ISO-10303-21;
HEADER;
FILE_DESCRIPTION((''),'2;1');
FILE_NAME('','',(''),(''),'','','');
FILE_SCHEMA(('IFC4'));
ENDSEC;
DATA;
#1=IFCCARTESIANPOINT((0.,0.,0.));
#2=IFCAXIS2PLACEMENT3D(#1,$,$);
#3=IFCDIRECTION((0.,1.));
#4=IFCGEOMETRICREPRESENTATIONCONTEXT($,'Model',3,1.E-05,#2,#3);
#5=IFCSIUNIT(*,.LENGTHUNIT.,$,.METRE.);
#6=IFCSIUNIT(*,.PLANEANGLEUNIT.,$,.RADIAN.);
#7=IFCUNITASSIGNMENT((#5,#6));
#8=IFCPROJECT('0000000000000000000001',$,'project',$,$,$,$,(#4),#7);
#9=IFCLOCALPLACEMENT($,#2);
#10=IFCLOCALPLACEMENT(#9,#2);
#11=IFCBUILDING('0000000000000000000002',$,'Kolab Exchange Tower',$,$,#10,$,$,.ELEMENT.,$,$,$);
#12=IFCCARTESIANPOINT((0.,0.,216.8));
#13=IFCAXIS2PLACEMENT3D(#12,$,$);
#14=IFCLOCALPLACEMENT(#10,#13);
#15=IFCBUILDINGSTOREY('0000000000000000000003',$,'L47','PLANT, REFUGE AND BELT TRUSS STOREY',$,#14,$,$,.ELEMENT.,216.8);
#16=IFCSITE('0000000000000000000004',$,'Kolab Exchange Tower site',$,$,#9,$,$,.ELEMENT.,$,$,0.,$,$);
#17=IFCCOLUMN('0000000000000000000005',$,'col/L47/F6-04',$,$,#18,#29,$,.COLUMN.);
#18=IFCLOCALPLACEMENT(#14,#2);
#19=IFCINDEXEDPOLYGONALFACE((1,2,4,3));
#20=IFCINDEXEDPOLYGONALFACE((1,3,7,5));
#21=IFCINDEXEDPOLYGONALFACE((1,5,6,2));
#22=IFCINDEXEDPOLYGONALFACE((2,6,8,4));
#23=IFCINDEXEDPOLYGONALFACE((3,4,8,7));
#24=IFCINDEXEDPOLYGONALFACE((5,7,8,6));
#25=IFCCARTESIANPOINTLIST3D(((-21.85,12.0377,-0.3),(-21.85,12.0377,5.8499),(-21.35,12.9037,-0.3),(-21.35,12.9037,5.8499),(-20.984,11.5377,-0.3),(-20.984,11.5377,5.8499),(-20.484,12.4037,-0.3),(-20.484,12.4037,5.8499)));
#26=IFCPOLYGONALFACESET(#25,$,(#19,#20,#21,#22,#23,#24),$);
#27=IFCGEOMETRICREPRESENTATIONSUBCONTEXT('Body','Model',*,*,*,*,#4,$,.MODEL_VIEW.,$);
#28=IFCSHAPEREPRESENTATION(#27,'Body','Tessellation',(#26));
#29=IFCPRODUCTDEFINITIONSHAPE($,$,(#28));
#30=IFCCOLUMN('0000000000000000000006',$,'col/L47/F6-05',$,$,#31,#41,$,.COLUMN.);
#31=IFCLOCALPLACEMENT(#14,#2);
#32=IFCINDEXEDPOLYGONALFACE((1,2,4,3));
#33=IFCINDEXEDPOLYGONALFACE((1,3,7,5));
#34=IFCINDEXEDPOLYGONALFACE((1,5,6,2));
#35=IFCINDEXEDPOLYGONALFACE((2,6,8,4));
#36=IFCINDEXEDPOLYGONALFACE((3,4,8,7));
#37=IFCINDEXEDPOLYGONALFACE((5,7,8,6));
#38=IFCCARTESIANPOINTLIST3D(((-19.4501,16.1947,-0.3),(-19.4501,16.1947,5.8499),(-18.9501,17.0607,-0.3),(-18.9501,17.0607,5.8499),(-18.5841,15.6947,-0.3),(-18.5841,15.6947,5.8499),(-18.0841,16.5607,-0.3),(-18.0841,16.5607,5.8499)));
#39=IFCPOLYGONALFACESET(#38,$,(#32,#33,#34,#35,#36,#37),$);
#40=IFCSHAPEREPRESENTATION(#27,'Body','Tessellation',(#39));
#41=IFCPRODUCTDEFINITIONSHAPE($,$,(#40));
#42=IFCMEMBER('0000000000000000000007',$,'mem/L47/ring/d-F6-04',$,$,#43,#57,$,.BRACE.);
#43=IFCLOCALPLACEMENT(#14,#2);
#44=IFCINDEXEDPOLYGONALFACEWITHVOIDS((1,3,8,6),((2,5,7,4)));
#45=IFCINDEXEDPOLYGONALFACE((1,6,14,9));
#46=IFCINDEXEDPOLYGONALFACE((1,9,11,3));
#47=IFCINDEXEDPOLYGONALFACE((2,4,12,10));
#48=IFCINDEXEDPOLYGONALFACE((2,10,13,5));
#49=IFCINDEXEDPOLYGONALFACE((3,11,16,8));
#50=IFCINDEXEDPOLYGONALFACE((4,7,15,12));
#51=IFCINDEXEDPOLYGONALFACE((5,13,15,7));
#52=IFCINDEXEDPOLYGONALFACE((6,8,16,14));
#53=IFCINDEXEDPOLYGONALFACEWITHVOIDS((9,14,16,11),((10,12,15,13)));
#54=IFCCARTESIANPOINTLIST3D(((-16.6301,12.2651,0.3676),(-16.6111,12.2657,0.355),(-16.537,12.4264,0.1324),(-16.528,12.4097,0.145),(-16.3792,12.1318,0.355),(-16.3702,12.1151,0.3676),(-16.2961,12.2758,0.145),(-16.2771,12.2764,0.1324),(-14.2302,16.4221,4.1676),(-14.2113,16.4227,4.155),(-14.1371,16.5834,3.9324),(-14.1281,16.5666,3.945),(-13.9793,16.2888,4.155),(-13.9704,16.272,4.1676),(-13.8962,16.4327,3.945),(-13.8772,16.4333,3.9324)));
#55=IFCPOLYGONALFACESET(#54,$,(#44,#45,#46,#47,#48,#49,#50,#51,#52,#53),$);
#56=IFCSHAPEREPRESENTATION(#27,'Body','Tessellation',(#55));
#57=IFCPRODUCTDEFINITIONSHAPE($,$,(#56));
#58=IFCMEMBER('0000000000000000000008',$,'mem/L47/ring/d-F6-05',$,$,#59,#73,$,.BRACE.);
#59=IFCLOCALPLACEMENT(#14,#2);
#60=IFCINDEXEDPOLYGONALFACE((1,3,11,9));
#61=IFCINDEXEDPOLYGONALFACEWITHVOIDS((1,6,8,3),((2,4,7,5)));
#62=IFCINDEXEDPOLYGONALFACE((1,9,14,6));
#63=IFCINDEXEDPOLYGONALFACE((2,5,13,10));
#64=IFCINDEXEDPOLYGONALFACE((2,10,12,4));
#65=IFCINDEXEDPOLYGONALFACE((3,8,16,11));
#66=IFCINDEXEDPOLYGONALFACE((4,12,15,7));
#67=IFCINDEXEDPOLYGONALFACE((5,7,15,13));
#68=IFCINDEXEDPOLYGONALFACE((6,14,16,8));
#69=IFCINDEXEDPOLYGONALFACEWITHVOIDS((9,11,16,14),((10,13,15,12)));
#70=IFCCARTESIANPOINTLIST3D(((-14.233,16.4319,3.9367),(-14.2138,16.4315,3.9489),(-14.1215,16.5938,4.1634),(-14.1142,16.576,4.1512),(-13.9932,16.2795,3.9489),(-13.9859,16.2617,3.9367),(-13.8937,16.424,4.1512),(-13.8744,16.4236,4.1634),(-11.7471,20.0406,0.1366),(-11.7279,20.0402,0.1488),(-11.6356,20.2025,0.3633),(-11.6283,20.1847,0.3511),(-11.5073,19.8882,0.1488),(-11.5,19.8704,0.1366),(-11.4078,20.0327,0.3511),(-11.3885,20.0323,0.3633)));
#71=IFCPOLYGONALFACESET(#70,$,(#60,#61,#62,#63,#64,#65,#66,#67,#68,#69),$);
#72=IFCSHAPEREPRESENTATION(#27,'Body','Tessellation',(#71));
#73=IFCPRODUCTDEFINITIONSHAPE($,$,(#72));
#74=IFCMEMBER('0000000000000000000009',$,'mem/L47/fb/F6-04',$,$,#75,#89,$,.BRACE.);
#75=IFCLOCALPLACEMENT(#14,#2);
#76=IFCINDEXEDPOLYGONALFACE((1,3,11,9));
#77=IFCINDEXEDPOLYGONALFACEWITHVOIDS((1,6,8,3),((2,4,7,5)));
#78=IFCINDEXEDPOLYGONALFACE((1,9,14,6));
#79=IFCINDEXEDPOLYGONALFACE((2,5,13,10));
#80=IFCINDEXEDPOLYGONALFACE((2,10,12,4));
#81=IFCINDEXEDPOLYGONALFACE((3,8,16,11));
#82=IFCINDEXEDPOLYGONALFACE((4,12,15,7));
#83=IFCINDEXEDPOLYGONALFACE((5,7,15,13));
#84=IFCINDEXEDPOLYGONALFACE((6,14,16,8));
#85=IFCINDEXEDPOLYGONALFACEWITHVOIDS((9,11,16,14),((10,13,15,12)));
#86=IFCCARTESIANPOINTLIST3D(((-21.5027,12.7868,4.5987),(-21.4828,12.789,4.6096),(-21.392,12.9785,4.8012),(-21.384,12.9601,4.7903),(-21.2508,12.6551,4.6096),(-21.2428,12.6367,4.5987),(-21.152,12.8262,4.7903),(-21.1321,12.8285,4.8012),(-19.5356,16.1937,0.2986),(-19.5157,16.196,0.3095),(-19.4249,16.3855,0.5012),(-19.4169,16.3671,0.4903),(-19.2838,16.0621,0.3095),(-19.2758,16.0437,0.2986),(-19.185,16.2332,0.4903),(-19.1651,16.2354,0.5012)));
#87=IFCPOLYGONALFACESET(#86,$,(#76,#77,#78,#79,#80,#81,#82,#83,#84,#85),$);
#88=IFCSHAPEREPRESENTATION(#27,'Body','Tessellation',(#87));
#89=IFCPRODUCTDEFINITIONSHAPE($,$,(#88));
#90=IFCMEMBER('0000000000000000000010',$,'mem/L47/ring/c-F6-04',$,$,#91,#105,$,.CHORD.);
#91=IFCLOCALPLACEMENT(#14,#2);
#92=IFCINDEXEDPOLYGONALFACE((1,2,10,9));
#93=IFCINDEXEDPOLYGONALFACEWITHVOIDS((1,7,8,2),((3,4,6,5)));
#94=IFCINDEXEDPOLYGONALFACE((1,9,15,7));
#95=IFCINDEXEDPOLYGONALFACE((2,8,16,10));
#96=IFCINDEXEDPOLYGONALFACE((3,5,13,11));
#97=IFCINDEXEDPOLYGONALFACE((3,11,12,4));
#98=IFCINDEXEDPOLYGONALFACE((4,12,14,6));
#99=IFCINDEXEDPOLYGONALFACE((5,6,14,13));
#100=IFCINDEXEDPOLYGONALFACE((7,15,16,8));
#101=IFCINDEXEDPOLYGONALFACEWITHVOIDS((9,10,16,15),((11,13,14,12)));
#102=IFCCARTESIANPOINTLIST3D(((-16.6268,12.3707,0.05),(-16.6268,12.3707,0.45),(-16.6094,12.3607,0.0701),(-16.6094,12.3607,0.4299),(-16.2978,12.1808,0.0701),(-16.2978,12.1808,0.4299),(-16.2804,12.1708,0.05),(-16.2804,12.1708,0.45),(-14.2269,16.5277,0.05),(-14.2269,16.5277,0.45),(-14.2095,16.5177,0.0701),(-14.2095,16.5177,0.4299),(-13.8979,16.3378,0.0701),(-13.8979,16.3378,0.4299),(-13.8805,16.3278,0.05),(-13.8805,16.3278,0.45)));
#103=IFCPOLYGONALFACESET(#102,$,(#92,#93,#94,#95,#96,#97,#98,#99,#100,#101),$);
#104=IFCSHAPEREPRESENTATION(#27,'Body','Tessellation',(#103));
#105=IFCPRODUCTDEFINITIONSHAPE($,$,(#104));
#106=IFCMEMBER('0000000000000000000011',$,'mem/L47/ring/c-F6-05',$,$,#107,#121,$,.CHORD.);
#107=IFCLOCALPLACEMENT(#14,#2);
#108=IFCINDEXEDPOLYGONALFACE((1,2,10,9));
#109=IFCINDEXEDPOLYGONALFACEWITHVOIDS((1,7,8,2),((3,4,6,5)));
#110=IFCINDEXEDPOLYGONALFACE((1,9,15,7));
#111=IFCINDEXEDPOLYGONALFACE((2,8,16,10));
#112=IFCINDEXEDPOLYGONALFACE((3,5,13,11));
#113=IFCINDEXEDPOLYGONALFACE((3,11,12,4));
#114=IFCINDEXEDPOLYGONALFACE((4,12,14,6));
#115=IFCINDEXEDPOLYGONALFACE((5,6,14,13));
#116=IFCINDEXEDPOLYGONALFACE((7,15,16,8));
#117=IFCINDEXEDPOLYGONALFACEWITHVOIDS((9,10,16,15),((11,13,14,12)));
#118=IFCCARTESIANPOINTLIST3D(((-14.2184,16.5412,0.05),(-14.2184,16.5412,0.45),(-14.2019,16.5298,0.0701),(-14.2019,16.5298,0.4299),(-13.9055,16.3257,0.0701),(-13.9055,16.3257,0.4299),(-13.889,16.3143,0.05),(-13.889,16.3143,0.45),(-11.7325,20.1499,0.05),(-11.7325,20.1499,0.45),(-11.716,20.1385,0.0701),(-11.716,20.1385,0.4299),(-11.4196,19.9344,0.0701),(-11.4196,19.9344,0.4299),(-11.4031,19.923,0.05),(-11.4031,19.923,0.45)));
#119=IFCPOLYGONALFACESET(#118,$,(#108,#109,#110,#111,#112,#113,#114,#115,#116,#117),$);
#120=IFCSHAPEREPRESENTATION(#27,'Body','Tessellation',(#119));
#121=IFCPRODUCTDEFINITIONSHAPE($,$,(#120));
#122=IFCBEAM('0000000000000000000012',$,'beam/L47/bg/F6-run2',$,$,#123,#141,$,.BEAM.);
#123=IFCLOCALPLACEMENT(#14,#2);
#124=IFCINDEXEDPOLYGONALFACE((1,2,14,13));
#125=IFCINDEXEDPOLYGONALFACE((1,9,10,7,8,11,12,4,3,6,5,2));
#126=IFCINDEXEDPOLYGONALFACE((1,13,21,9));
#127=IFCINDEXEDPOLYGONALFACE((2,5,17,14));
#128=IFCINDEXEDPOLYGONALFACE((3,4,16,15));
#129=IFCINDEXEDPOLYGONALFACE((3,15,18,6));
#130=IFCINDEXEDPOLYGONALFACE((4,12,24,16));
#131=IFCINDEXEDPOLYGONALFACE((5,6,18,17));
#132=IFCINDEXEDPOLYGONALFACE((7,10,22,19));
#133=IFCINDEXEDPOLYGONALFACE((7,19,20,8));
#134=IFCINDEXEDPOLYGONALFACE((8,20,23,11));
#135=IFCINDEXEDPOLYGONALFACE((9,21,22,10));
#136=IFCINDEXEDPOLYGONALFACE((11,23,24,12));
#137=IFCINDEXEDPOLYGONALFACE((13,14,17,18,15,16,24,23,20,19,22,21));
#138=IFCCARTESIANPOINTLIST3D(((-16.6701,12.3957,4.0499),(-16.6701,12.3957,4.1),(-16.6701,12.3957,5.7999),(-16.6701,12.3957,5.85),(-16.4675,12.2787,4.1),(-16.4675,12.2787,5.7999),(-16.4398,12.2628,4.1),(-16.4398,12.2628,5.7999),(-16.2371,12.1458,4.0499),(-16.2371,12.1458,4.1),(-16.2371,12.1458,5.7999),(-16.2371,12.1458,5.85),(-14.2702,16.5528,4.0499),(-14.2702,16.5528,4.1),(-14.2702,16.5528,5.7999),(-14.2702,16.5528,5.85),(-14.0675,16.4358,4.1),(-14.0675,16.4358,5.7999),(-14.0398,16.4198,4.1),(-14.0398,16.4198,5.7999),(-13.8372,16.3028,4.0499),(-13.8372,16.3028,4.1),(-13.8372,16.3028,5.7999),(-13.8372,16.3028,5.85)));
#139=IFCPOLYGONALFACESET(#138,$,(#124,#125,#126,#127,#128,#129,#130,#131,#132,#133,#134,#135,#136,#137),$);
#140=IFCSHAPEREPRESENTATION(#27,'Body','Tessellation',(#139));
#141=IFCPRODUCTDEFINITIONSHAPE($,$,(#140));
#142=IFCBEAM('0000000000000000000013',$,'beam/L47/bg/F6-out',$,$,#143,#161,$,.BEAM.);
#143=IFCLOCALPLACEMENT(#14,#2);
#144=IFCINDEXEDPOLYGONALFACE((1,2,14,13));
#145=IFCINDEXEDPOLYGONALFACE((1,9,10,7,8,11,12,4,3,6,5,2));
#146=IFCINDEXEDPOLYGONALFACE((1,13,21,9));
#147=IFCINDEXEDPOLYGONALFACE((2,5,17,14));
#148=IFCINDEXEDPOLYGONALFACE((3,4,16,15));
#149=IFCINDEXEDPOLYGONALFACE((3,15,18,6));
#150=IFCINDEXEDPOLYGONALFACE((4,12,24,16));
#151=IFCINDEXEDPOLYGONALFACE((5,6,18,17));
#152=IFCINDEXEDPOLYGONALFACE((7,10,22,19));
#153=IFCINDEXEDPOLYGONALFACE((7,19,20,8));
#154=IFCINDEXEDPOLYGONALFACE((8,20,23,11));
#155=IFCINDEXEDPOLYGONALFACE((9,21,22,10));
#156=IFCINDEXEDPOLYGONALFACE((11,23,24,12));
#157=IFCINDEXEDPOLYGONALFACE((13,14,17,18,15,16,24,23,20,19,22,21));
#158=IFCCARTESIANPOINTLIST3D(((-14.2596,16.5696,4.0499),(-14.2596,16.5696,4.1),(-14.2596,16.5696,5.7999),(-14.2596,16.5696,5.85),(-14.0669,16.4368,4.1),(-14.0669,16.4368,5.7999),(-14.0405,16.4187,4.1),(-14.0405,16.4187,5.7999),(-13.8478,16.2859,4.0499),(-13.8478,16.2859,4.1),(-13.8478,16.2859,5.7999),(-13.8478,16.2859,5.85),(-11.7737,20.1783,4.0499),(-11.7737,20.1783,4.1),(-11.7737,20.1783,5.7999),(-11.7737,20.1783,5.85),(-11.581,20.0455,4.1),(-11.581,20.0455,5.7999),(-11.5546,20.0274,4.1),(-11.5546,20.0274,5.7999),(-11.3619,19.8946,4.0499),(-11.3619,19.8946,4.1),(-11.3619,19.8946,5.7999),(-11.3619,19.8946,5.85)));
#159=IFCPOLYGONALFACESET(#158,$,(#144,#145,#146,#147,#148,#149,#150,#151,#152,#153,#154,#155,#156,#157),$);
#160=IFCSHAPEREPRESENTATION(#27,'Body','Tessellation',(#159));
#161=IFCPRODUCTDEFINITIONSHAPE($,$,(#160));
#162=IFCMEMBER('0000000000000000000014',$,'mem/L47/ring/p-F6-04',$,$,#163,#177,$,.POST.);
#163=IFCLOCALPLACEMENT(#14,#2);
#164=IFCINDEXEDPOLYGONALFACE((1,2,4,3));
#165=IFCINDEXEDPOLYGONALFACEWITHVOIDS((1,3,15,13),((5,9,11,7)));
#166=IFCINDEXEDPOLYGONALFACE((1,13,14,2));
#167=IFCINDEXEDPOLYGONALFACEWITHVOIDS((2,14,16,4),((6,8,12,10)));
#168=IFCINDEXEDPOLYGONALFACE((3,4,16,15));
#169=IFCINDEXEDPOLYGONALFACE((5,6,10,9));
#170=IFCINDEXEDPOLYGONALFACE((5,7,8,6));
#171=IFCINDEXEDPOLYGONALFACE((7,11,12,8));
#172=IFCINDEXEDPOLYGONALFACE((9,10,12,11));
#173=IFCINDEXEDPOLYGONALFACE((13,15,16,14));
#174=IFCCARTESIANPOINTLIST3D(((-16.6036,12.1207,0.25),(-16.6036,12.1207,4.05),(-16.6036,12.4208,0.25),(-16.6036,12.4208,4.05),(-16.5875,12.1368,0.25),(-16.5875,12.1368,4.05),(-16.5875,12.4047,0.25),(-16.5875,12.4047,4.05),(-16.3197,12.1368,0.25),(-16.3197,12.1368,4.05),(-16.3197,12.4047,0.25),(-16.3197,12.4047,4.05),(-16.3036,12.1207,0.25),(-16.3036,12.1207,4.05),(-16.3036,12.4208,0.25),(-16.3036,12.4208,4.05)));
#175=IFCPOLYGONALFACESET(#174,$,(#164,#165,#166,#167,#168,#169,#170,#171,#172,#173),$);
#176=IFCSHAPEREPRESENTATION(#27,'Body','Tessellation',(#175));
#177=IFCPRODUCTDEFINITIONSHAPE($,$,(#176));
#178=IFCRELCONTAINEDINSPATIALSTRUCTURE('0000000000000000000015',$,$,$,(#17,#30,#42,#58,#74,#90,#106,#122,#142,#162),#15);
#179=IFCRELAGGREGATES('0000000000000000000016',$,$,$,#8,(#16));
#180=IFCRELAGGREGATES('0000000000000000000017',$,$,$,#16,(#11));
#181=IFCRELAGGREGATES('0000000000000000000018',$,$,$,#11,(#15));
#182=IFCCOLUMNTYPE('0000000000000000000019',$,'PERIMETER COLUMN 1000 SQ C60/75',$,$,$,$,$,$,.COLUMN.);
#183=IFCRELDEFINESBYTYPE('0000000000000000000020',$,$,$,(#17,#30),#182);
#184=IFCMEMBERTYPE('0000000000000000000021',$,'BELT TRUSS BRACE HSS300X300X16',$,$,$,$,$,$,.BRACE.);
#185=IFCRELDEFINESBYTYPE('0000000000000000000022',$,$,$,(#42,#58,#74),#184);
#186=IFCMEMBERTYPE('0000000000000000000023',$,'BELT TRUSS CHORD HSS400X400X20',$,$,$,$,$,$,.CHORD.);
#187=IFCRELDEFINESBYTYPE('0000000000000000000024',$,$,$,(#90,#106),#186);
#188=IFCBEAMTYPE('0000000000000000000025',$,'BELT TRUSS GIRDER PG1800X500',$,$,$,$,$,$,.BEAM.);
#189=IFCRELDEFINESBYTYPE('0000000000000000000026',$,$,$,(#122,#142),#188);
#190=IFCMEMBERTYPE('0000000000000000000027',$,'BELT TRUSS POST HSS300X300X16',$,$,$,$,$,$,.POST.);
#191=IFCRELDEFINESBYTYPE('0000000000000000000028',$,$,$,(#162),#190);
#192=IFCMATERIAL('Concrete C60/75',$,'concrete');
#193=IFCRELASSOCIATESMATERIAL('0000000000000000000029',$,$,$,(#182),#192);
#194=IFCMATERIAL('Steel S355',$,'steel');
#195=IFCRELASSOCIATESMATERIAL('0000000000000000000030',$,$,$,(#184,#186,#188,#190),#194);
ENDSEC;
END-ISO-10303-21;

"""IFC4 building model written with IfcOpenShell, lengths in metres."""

from ifc_helpers import new_model, si_unit, direction, frame, origin, origin_2d, place, context, subcontext, project, spatial, rectangle, hollow_rectangle, i_section, extrude, material, material_profile, profile_set, type_object, element, save


model = new_model("IFC4")

# Units and contexts
model_context = context("Model", 3, precision=1e-05, world=origin(), true_north=direction((0.0, 1.0)))
body_context = subcontext(model_context, "Body", "Model", "MODEL_VIEW")
ifc_project = project(units=[si_unit("LENGTHUNIT", "METRE"), si_unit("PLANEANGLEUNIT", "RADIAN")], contexts=[model_context])

# Site, building, storey
site_placement = place(None, origin())
site = spatial("IfcSite", under=ifc_project, at=site_placement, Name="Kolab Exchange Tower site", CompositionType="ELEMENT", RefElevation=0.0)
building_placement = place(site_placement, origin())
building = spatial("IfcBuilding", under=site, at=building_placement, Name="Kolab Exchange Tower", CompositionType="ELEMENT")
storey_placement = place(building_placement, frame((0.0, 0.0, 216.8)))
storey = spatial("IfcBuildingStorey", under=building, at=storey_placement, Name="L47", Description="PLANT, REFUGE AND BELT TRUSS STOREY", CompositionType="ELEMENT", Elevation=216.8)

# Columns
ifc_material_1 = material(Name="Concrete C60/75", Category="concrete")
ifc_material_profile_1 = material_profile(ifc_material_1, rectangle(XDim=1.0, YDim=1.0, at=origin_2d()), Name="RC1000")
ifc_profile_set_1 = profile_set([ifc_material_profile_1], Name="Concrete C60/75")
column_type = type_object("IfcColumnType", Name="PERIMETER COLUMN 1000 SQ C60/75", PredefinedType="COLUMN", material=ifc_profile_set_1)
for number, where, z_axis, x_axis, name in (
    (1, (-21.167, 12.2207, -0.3), (0.0, 0.0, 1.0), (0.5, 0.866025, 0.0), "col/L47/F6-04"),
    (2, (-18.7671, 16.3777, -0.3), (0.0, 0.0, 1.0), (0.5, 0.866025, 0.0), "col/L47/F6-05"),
):
    element("IfcColumn", number, at=place(storey_placement, frame(where, z_axis=z_axis, x_axis=x_axis)), inside=storey, type_object=column_type, Name=name, PredefinedType="COLUMN", context=body_context, shape_type="SweptSolid", body=[
        extrude(rectangle(XDim=1.0, YDim=1.0, at=origin_2d()), origin(), (0.0, 0.0, 1.0), 6.1499),
    ])

# Members
ifc_material_2 = material(Name="Steel S355", Category="steel")
ifc_material_profile_2 = material_profile(ifc_material_2, hollow_rectangle(XDim=0.3, YDim=0.3, WallThickness=0.0161, at=origin_2d()), Name="HSS300X300X16")
ifc_profile_set_2 = profile_set([ifc_material_profile_2], Name="Steel S355")
member_type_1 = type_object("IfcMemberType", Name="BELT TRUSS BRACE HSS300X300X16", PredefinedType="BRACE", material=ifc_profile_set_2)
member_1_placement = place(storey_placement, frame((-16.4536, 12.2708, 0.25), z_axis=(0.392005, 0.67901, 0.620708), x_axis=(-0.866037, 0.499979, 0.0)))
element("IfcMember", 3, at=member_1_placement, inside=storey, type_object=member_type_1, Name="mem/L47/ring/d-F6-04", PredefinedType="BRACE", context=body_context, shape_type="SweptSolid", body=[
    extrude(hollow_rectangle(XDim=0.3, YDim=0.3, WallThickness=0.0161, at=origin_2d()), origin(), (0.0, 0.0, 1.0), 6.1221),
])
member_2_placement = place(storey_placement, frame((-14.0537, 16.4277, 4.05), z_axis=(0.42858, 0.622161, -0.655161), x_axis=(-0.82352, 0.567288, 0.0)))
element("IfcMember", 4, at=member_2_placement, inside=storey, type_object=member_type_1, Name="mem/L47/ring/d-F6-05", PredefinedType="BRACE", context=body_context, shape_type="SweptSolid", body=[
    extrude(hollow_rectangle(XDim=0.3, YDim=0.3, WallThickness=0.0161, at=origin_2d()), origin(), (0.0, 0.0, 1.0), 5.8003),
])
member_3_placement = place(storey_placement, frame((-21.3174, 12.8076, 4.7), z_axis=(0.337508, 0.584575, -0.737808), x_axis=(-0.866023, 0.500004, 0.0)))
element("IfcMember", 5, at=member_3_placement, inside=storey, type_object=member_type_1, Name="mem/L47/fb/F6-04", PredefinedType="BRACE", context=body_context, shape_type="SweptSolid", body=[
    extrude(hollow_rectangle(XDim=0.3, YDim=0.3, WallThickness=0.0161, at=origin_2d()), origin(), (0.0, 0.0, 1.0), 5.8281),
])
ifc_material_profile_3 = material_profile(ifc_material_2, hollow_rectangle(XDim=0.3999, YDim=0.3999, WallThickness=0.02, at=origin_2d()), Name="HSS400X400X20")
ifc_profile_set_3 = profile_set([ifc_material_profile_3], Name="Steel S355")
member_type_2 = type_object("IfcMemberType", Name="BELT TRUSS CHORD HSS400X400X20", PredefinedType="CHORD", material=ifc_profile_set_3)
member_4_placement = place(storey_placement, frame((-16.4536, 12.2708, 0.25), z_axis=(0.499979, 0.866037, 0.0), x_axis=(-0.866037, 0.499979, 0.0)))
element("IfcMember", 6, at=member_4_placement, inside=storey, type_object=member_type_2, Name="mem/L47/ring/c-F6-04", PredefinedType="CHORD", context=body_context, shape_type="SweptSolid", body=[
    extrude(hollow_rectangle(XDim=0.3999, YDim=0.3999, WallThickness=0.02, at=origin_2d()), origin(), (0.0, 0.0, 1.0), 4.8),
])
member_5_placement = place(storey_placement, frame((-14.0537, 16.4277, 0.25), z_axis=(0.567288, 0.82352, 0.0), x_axis=(-0.82352, 0.567288, 0.0)))
element("IfcMember", 7, at=member_5_placement, inside=storey, type_object=member_type_2, Name="mem/L47/ring/c-F6-05", PredefinedType="CHORD", context=body_context, shape_type="SweptSolid", body=[
    extrude(hollow_rectangle(XDim=0.3999, YDim=0.3999, WallThickness=0.02, at=origin_2d()), origin(), (0.0, 0.0, 1.0), 4.3821),
])

# Beams
ifc_material_profile_4 = material_profile(ifc_material_2, i_section(OverallWidth=0.5, OverallDepth=1.8, WebThickness=0.032, FlangeThickness=0.05, at=origin_2d()), Name="PG1800X500")
ifc_profile_set_4 = profile_set([ifc_material_profile_4], Name="Steel S355")
beam_type_1 = type_object("IfcBeamType", Name="BELT TRUSS GIRDER PG1800X500", PredefinedType="BEAM", material=ifc_profile_set_4)
beam_1_placement = place(storey_placement, frame((-16.4536, 12.2708, 4.95), z_axis=(0.499979, 0.866037, 0.0), x_axis=(-0.866037, 0.499979, 0.0)))
element("IfcBeam", 8, at=beam_1_placement, inside=storey, type_object=beam_type_1, Name="beam/L47/bg/F6-run2", PredefinedType="BEAM", context=body_context, shape_type="SweptSolid", body=[
    extrude(i_section(OverallWidth=0.5, OverallDepth=1.8, WebThickness=0.032, FlangeThickness=0.05, at=origin_2d()), origin(), (0.0, 0.0, 1.0), 4.8),
])
beam_2_placement = place(storey_placement, frame((-14.0537, 16.4277, 4.95), z_axis=(0.567288, 0.82352, 0.0), x_axis=(-0.82352, 0.567288, 0.0)))
element("IfcBeam", 9, at=beam_2_placement, inside=storey, type_object=beam_type_1, Name="beam/L47/bg/F6-out", PredefinedType="BEAM", context=body_context, shape_type="SweptSolid", body=[
    extrude(i_section(OverallWidth=0.5, OverallDepth=1.8, WebThickness=0.032, FlangeThickness=0.05, at=origin_2d()), origin(), (0.0, 0.0, 1.0), 4.3821),
])

# Member
ifc_material_profile_5 = material_profile(ifc_material_2, hollow_rectangle(XDim=0.3, YDim=0.3, WallThickness=0.0161, at=origin_2d()), Name="HSS300X300X16")
ifc_profile_set_5 = profile_set([ifc_material_profile_5], Name="Steel S355")
member_type_3 = type_object("IfcMemberType", Name="BELT TRUSS POST HSS300X300X16", PredefinedType="POST", material=ifc_profile_set_5)
for number, where, z_axis, x_axis, name in (
    (10, (-16.4536, 12.2708, 0.25), (0.0, 0.0, 1.0), (1.0, 0.0, 0.0), "mem/L47/ring/p-F6-04"),
):
    element("IfcMember", number, at=place(storey_placement, frame(where, z_axis=z_axis, x_axis=x_axis)), inside=storey, type_object=member_type_3, Name=name, PredefinedType="POST", context=body_context, shape_type="SweptSolid", body=[
        extrude(hollow_rectangle(XDim=0.3, YDim=0.3, WallThickness=0.0161, at=origin_2d()), origin(), (0.0, 0.0, 1.0), 3.8),
    ])

save(model, "model.ifc")
